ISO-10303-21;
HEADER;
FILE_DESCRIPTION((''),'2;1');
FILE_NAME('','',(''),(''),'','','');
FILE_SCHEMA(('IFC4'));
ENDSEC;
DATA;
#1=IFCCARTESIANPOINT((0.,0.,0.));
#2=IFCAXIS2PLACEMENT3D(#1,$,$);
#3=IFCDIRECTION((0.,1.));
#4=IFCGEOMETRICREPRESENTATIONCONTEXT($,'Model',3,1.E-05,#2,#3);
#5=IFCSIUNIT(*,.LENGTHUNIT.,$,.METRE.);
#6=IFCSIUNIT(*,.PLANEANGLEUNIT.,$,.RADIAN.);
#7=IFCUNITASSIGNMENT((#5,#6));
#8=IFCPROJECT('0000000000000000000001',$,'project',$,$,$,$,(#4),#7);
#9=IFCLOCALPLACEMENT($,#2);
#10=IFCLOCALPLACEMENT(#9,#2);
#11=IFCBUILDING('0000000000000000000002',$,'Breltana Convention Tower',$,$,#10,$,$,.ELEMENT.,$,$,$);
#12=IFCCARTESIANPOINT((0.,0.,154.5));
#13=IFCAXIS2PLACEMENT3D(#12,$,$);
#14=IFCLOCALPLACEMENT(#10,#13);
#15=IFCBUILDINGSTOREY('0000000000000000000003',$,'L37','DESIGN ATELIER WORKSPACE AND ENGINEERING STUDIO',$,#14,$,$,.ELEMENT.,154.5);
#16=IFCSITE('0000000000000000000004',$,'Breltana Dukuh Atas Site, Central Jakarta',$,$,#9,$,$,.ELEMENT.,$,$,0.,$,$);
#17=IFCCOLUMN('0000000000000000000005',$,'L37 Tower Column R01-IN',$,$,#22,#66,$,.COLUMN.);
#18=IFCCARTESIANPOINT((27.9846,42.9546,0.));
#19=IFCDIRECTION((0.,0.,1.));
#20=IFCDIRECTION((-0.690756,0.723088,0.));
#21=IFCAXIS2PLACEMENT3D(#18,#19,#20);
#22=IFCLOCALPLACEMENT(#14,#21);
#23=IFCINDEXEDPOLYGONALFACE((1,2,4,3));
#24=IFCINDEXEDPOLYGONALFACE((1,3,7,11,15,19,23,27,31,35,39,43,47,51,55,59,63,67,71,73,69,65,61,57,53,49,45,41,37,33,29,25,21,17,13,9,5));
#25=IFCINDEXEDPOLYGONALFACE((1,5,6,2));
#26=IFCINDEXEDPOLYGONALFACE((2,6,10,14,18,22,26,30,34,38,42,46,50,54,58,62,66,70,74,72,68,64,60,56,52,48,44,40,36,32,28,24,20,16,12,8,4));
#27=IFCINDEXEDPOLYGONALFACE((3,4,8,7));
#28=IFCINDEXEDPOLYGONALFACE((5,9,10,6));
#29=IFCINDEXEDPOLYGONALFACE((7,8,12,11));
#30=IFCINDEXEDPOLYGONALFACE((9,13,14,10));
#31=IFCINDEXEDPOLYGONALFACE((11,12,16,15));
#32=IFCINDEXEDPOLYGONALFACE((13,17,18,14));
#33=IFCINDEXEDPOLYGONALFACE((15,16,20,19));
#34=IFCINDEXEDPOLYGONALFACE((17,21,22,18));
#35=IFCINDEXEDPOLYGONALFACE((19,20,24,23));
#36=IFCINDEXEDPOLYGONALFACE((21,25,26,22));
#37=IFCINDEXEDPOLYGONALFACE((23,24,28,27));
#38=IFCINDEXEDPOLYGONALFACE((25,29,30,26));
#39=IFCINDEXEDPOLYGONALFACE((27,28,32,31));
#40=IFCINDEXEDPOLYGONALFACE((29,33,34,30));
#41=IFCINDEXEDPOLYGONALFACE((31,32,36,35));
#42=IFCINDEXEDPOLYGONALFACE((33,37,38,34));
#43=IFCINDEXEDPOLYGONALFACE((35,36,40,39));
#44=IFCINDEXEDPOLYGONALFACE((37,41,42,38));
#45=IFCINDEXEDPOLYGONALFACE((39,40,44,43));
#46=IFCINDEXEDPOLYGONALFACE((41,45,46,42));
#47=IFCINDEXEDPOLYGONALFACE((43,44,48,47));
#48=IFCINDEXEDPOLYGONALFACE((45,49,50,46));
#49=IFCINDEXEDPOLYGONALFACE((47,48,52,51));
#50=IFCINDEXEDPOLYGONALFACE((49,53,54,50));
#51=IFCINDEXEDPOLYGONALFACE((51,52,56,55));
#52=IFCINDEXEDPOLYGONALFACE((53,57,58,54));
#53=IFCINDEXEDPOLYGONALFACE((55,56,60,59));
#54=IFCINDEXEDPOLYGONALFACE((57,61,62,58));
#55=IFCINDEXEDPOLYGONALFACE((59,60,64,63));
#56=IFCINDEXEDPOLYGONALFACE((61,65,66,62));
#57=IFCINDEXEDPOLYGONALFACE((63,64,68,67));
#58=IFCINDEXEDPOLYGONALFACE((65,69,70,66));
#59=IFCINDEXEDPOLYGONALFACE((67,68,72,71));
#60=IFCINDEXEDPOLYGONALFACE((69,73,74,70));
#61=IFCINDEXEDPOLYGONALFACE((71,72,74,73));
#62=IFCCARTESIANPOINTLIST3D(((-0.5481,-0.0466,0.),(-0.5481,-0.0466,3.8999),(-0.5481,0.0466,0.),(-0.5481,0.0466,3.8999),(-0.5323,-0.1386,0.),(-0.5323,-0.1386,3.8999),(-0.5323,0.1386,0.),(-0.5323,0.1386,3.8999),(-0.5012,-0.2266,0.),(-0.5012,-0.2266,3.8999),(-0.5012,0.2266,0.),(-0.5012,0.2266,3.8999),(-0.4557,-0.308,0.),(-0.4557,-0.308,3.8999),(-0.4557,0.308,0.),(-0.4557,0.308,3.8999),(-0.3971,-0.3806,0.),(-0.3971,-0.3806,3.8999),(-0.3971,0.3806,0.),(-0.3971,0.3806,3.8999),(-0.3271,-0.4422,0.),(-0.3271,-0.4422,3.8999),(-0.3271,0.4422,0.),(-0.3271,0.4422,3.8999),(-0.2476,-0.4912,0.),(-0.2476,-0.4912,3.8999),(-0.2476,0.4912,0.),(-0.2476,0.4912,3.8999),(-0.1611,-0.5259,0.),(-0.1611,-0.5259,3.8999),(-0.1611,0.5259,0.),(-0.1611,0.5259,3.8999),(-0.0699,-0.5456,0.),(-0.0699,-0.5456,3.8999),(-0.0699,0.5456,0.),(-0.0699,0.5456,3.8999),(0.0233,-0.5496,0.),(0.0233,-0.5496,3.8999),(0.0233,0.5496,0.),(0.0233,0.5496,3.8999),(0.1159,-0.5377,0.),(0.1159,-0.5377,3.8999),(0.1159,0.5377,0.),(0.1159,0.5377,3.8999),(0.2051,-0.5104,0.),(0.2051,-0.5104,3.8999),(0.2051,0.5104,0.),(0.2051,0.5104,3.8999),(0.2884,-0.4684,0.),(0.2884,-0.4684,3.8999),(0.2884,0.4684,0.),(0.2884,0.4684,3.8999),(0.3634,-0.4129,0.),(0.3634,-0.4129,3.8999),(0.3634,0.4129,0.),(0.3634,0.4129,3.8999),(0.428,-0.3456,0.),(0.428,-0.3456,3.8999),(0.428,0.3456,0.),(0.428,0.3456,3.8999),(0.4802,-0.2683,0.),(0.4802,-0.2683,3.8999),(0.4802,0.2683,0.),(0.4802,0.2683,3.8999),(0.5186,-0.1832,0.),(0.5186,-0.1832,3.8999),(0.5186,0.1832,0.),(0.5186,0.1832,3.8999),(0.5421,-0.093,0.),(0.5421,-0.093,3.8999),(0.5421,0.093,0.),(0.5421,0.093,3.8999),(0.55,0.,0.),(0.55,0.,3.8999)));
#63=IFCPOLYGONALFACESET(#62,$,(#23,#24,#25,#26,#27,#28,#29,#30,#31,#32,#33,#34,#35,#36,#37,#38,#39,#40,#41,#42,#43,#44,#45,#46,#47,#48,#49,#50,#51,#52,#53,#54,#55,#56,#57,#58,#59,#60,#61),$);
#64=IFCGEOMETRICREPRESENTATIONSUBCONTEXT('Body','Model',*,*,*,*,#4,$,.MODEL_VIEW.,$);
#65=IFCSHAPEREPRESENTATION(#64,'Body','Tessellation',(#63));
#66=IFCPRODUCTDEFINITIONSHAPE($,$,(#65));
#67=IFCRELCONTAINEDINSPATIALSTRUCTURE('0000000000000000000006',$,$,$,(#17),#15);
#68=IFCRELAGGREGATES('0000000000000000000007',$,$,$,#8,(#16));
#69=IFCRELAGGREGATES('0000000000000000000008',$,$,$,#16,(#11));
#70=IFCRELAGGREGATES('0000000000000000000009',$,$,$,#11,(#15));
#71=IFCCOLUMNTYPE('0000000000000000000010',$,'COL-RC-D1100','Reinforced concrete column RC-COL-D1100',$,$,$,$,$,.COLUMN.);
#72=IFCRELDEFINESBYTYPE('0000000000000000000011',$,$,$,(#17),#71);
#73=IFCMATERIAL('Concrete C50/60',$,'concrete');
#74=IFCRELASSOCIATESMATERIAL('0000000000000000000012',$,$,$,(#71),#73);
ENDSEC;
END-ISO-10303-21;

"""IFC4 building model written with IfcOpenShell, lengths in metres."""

from ifc_helpers import new_model, si_unit, direction, frame, origin, origin_2d, place, context, subcontext, project, spatial, circle, extrude, source, transform, mapped, material, material_profile, profile_set, type_object, element, save


model = new_model("IFC4")

# Units and contexts
model_context = context("Model", 3, precision=1e-05, world=origin(), true_north=direction((0.0, 1.0)))
body_context = subcontext(model_context, "Body", "Model", "MODEL_VIEW")
ifc_project = project(units=[si_unit("LENGTHUNIT", "METRE"), si_unit("PLANEANGLEUNIT", "RADIAN")], contexts=[model_context])

# Site, building, storey
site_placement = place(None, origin())
site = spatial("IfcSite", under=ifc_project, at=site_placement, Name="Breltana Dukuh Atas Site, Central Jakarta", CompositionType="ELEMENT", RefElevation=0.0)
building_placement = place(site_placement, origin())
building = spatial("IfcBuilding", under=site, at=building_placement, Name="Breltana Convention Tower", CompositionType="ELEMENT")
storey_placement = place(building_placement, frame((0.0, 0.0, 154.5)))
storey = spatial("IfcBuildingStorey", under=building, at=storey_placement, Name="L37", Description="DESIGN ATELIER WORKSPACE AND ENGINEERING STUDIO", CompositionType="ELEMENT", Elevation=154.5)

# Column
ifc_material_1 = material(Name="Concrete C50/60", Category="concrete")
ifc_material_profile_1 = material_profile(ifc_material_1, circle(Radius=0.55, at=origin_2d()), Name="RC-COL-D1100")
ifc_profile_set_1 = profile_set([ifc_material_profile_1], Name="Concrete C50/60")
column_type = type_object("IfcColumnType", Name="COL-RC-D1100", Description="Reinforced concrete column RC-COL-D1100", PredefinedType="COLUMN", material=ifc_profile_set_1)
shared_shape_1 = source(origin(), body_context, "Body", "SweptSolid", [
    extrude(circle(Radius=0.55, at=origin_2d()), origin(), (0.0, 0.0, 1.0), 3.8999),
])
column_placement = place(storey_placement, frame((27.9846, 42.9546, 0.0), z_axis=(0.0, 0.0, 1.0), x_axis=(-0.690756, 0.723088, 0.0)))
element("IfcColumn", 1, at=column_placement, inside=storey, type_object=column_type, Name="L37 Tower Column R01-IN", PredefinedType="COLUMN", context=body_context, shape_type="MappedRepresentation", body=[
    mapped(shared_shape_1, transform((0.0, 0.0, 0.0), scale=1.0)),
])

save(model, "model.ifc")
